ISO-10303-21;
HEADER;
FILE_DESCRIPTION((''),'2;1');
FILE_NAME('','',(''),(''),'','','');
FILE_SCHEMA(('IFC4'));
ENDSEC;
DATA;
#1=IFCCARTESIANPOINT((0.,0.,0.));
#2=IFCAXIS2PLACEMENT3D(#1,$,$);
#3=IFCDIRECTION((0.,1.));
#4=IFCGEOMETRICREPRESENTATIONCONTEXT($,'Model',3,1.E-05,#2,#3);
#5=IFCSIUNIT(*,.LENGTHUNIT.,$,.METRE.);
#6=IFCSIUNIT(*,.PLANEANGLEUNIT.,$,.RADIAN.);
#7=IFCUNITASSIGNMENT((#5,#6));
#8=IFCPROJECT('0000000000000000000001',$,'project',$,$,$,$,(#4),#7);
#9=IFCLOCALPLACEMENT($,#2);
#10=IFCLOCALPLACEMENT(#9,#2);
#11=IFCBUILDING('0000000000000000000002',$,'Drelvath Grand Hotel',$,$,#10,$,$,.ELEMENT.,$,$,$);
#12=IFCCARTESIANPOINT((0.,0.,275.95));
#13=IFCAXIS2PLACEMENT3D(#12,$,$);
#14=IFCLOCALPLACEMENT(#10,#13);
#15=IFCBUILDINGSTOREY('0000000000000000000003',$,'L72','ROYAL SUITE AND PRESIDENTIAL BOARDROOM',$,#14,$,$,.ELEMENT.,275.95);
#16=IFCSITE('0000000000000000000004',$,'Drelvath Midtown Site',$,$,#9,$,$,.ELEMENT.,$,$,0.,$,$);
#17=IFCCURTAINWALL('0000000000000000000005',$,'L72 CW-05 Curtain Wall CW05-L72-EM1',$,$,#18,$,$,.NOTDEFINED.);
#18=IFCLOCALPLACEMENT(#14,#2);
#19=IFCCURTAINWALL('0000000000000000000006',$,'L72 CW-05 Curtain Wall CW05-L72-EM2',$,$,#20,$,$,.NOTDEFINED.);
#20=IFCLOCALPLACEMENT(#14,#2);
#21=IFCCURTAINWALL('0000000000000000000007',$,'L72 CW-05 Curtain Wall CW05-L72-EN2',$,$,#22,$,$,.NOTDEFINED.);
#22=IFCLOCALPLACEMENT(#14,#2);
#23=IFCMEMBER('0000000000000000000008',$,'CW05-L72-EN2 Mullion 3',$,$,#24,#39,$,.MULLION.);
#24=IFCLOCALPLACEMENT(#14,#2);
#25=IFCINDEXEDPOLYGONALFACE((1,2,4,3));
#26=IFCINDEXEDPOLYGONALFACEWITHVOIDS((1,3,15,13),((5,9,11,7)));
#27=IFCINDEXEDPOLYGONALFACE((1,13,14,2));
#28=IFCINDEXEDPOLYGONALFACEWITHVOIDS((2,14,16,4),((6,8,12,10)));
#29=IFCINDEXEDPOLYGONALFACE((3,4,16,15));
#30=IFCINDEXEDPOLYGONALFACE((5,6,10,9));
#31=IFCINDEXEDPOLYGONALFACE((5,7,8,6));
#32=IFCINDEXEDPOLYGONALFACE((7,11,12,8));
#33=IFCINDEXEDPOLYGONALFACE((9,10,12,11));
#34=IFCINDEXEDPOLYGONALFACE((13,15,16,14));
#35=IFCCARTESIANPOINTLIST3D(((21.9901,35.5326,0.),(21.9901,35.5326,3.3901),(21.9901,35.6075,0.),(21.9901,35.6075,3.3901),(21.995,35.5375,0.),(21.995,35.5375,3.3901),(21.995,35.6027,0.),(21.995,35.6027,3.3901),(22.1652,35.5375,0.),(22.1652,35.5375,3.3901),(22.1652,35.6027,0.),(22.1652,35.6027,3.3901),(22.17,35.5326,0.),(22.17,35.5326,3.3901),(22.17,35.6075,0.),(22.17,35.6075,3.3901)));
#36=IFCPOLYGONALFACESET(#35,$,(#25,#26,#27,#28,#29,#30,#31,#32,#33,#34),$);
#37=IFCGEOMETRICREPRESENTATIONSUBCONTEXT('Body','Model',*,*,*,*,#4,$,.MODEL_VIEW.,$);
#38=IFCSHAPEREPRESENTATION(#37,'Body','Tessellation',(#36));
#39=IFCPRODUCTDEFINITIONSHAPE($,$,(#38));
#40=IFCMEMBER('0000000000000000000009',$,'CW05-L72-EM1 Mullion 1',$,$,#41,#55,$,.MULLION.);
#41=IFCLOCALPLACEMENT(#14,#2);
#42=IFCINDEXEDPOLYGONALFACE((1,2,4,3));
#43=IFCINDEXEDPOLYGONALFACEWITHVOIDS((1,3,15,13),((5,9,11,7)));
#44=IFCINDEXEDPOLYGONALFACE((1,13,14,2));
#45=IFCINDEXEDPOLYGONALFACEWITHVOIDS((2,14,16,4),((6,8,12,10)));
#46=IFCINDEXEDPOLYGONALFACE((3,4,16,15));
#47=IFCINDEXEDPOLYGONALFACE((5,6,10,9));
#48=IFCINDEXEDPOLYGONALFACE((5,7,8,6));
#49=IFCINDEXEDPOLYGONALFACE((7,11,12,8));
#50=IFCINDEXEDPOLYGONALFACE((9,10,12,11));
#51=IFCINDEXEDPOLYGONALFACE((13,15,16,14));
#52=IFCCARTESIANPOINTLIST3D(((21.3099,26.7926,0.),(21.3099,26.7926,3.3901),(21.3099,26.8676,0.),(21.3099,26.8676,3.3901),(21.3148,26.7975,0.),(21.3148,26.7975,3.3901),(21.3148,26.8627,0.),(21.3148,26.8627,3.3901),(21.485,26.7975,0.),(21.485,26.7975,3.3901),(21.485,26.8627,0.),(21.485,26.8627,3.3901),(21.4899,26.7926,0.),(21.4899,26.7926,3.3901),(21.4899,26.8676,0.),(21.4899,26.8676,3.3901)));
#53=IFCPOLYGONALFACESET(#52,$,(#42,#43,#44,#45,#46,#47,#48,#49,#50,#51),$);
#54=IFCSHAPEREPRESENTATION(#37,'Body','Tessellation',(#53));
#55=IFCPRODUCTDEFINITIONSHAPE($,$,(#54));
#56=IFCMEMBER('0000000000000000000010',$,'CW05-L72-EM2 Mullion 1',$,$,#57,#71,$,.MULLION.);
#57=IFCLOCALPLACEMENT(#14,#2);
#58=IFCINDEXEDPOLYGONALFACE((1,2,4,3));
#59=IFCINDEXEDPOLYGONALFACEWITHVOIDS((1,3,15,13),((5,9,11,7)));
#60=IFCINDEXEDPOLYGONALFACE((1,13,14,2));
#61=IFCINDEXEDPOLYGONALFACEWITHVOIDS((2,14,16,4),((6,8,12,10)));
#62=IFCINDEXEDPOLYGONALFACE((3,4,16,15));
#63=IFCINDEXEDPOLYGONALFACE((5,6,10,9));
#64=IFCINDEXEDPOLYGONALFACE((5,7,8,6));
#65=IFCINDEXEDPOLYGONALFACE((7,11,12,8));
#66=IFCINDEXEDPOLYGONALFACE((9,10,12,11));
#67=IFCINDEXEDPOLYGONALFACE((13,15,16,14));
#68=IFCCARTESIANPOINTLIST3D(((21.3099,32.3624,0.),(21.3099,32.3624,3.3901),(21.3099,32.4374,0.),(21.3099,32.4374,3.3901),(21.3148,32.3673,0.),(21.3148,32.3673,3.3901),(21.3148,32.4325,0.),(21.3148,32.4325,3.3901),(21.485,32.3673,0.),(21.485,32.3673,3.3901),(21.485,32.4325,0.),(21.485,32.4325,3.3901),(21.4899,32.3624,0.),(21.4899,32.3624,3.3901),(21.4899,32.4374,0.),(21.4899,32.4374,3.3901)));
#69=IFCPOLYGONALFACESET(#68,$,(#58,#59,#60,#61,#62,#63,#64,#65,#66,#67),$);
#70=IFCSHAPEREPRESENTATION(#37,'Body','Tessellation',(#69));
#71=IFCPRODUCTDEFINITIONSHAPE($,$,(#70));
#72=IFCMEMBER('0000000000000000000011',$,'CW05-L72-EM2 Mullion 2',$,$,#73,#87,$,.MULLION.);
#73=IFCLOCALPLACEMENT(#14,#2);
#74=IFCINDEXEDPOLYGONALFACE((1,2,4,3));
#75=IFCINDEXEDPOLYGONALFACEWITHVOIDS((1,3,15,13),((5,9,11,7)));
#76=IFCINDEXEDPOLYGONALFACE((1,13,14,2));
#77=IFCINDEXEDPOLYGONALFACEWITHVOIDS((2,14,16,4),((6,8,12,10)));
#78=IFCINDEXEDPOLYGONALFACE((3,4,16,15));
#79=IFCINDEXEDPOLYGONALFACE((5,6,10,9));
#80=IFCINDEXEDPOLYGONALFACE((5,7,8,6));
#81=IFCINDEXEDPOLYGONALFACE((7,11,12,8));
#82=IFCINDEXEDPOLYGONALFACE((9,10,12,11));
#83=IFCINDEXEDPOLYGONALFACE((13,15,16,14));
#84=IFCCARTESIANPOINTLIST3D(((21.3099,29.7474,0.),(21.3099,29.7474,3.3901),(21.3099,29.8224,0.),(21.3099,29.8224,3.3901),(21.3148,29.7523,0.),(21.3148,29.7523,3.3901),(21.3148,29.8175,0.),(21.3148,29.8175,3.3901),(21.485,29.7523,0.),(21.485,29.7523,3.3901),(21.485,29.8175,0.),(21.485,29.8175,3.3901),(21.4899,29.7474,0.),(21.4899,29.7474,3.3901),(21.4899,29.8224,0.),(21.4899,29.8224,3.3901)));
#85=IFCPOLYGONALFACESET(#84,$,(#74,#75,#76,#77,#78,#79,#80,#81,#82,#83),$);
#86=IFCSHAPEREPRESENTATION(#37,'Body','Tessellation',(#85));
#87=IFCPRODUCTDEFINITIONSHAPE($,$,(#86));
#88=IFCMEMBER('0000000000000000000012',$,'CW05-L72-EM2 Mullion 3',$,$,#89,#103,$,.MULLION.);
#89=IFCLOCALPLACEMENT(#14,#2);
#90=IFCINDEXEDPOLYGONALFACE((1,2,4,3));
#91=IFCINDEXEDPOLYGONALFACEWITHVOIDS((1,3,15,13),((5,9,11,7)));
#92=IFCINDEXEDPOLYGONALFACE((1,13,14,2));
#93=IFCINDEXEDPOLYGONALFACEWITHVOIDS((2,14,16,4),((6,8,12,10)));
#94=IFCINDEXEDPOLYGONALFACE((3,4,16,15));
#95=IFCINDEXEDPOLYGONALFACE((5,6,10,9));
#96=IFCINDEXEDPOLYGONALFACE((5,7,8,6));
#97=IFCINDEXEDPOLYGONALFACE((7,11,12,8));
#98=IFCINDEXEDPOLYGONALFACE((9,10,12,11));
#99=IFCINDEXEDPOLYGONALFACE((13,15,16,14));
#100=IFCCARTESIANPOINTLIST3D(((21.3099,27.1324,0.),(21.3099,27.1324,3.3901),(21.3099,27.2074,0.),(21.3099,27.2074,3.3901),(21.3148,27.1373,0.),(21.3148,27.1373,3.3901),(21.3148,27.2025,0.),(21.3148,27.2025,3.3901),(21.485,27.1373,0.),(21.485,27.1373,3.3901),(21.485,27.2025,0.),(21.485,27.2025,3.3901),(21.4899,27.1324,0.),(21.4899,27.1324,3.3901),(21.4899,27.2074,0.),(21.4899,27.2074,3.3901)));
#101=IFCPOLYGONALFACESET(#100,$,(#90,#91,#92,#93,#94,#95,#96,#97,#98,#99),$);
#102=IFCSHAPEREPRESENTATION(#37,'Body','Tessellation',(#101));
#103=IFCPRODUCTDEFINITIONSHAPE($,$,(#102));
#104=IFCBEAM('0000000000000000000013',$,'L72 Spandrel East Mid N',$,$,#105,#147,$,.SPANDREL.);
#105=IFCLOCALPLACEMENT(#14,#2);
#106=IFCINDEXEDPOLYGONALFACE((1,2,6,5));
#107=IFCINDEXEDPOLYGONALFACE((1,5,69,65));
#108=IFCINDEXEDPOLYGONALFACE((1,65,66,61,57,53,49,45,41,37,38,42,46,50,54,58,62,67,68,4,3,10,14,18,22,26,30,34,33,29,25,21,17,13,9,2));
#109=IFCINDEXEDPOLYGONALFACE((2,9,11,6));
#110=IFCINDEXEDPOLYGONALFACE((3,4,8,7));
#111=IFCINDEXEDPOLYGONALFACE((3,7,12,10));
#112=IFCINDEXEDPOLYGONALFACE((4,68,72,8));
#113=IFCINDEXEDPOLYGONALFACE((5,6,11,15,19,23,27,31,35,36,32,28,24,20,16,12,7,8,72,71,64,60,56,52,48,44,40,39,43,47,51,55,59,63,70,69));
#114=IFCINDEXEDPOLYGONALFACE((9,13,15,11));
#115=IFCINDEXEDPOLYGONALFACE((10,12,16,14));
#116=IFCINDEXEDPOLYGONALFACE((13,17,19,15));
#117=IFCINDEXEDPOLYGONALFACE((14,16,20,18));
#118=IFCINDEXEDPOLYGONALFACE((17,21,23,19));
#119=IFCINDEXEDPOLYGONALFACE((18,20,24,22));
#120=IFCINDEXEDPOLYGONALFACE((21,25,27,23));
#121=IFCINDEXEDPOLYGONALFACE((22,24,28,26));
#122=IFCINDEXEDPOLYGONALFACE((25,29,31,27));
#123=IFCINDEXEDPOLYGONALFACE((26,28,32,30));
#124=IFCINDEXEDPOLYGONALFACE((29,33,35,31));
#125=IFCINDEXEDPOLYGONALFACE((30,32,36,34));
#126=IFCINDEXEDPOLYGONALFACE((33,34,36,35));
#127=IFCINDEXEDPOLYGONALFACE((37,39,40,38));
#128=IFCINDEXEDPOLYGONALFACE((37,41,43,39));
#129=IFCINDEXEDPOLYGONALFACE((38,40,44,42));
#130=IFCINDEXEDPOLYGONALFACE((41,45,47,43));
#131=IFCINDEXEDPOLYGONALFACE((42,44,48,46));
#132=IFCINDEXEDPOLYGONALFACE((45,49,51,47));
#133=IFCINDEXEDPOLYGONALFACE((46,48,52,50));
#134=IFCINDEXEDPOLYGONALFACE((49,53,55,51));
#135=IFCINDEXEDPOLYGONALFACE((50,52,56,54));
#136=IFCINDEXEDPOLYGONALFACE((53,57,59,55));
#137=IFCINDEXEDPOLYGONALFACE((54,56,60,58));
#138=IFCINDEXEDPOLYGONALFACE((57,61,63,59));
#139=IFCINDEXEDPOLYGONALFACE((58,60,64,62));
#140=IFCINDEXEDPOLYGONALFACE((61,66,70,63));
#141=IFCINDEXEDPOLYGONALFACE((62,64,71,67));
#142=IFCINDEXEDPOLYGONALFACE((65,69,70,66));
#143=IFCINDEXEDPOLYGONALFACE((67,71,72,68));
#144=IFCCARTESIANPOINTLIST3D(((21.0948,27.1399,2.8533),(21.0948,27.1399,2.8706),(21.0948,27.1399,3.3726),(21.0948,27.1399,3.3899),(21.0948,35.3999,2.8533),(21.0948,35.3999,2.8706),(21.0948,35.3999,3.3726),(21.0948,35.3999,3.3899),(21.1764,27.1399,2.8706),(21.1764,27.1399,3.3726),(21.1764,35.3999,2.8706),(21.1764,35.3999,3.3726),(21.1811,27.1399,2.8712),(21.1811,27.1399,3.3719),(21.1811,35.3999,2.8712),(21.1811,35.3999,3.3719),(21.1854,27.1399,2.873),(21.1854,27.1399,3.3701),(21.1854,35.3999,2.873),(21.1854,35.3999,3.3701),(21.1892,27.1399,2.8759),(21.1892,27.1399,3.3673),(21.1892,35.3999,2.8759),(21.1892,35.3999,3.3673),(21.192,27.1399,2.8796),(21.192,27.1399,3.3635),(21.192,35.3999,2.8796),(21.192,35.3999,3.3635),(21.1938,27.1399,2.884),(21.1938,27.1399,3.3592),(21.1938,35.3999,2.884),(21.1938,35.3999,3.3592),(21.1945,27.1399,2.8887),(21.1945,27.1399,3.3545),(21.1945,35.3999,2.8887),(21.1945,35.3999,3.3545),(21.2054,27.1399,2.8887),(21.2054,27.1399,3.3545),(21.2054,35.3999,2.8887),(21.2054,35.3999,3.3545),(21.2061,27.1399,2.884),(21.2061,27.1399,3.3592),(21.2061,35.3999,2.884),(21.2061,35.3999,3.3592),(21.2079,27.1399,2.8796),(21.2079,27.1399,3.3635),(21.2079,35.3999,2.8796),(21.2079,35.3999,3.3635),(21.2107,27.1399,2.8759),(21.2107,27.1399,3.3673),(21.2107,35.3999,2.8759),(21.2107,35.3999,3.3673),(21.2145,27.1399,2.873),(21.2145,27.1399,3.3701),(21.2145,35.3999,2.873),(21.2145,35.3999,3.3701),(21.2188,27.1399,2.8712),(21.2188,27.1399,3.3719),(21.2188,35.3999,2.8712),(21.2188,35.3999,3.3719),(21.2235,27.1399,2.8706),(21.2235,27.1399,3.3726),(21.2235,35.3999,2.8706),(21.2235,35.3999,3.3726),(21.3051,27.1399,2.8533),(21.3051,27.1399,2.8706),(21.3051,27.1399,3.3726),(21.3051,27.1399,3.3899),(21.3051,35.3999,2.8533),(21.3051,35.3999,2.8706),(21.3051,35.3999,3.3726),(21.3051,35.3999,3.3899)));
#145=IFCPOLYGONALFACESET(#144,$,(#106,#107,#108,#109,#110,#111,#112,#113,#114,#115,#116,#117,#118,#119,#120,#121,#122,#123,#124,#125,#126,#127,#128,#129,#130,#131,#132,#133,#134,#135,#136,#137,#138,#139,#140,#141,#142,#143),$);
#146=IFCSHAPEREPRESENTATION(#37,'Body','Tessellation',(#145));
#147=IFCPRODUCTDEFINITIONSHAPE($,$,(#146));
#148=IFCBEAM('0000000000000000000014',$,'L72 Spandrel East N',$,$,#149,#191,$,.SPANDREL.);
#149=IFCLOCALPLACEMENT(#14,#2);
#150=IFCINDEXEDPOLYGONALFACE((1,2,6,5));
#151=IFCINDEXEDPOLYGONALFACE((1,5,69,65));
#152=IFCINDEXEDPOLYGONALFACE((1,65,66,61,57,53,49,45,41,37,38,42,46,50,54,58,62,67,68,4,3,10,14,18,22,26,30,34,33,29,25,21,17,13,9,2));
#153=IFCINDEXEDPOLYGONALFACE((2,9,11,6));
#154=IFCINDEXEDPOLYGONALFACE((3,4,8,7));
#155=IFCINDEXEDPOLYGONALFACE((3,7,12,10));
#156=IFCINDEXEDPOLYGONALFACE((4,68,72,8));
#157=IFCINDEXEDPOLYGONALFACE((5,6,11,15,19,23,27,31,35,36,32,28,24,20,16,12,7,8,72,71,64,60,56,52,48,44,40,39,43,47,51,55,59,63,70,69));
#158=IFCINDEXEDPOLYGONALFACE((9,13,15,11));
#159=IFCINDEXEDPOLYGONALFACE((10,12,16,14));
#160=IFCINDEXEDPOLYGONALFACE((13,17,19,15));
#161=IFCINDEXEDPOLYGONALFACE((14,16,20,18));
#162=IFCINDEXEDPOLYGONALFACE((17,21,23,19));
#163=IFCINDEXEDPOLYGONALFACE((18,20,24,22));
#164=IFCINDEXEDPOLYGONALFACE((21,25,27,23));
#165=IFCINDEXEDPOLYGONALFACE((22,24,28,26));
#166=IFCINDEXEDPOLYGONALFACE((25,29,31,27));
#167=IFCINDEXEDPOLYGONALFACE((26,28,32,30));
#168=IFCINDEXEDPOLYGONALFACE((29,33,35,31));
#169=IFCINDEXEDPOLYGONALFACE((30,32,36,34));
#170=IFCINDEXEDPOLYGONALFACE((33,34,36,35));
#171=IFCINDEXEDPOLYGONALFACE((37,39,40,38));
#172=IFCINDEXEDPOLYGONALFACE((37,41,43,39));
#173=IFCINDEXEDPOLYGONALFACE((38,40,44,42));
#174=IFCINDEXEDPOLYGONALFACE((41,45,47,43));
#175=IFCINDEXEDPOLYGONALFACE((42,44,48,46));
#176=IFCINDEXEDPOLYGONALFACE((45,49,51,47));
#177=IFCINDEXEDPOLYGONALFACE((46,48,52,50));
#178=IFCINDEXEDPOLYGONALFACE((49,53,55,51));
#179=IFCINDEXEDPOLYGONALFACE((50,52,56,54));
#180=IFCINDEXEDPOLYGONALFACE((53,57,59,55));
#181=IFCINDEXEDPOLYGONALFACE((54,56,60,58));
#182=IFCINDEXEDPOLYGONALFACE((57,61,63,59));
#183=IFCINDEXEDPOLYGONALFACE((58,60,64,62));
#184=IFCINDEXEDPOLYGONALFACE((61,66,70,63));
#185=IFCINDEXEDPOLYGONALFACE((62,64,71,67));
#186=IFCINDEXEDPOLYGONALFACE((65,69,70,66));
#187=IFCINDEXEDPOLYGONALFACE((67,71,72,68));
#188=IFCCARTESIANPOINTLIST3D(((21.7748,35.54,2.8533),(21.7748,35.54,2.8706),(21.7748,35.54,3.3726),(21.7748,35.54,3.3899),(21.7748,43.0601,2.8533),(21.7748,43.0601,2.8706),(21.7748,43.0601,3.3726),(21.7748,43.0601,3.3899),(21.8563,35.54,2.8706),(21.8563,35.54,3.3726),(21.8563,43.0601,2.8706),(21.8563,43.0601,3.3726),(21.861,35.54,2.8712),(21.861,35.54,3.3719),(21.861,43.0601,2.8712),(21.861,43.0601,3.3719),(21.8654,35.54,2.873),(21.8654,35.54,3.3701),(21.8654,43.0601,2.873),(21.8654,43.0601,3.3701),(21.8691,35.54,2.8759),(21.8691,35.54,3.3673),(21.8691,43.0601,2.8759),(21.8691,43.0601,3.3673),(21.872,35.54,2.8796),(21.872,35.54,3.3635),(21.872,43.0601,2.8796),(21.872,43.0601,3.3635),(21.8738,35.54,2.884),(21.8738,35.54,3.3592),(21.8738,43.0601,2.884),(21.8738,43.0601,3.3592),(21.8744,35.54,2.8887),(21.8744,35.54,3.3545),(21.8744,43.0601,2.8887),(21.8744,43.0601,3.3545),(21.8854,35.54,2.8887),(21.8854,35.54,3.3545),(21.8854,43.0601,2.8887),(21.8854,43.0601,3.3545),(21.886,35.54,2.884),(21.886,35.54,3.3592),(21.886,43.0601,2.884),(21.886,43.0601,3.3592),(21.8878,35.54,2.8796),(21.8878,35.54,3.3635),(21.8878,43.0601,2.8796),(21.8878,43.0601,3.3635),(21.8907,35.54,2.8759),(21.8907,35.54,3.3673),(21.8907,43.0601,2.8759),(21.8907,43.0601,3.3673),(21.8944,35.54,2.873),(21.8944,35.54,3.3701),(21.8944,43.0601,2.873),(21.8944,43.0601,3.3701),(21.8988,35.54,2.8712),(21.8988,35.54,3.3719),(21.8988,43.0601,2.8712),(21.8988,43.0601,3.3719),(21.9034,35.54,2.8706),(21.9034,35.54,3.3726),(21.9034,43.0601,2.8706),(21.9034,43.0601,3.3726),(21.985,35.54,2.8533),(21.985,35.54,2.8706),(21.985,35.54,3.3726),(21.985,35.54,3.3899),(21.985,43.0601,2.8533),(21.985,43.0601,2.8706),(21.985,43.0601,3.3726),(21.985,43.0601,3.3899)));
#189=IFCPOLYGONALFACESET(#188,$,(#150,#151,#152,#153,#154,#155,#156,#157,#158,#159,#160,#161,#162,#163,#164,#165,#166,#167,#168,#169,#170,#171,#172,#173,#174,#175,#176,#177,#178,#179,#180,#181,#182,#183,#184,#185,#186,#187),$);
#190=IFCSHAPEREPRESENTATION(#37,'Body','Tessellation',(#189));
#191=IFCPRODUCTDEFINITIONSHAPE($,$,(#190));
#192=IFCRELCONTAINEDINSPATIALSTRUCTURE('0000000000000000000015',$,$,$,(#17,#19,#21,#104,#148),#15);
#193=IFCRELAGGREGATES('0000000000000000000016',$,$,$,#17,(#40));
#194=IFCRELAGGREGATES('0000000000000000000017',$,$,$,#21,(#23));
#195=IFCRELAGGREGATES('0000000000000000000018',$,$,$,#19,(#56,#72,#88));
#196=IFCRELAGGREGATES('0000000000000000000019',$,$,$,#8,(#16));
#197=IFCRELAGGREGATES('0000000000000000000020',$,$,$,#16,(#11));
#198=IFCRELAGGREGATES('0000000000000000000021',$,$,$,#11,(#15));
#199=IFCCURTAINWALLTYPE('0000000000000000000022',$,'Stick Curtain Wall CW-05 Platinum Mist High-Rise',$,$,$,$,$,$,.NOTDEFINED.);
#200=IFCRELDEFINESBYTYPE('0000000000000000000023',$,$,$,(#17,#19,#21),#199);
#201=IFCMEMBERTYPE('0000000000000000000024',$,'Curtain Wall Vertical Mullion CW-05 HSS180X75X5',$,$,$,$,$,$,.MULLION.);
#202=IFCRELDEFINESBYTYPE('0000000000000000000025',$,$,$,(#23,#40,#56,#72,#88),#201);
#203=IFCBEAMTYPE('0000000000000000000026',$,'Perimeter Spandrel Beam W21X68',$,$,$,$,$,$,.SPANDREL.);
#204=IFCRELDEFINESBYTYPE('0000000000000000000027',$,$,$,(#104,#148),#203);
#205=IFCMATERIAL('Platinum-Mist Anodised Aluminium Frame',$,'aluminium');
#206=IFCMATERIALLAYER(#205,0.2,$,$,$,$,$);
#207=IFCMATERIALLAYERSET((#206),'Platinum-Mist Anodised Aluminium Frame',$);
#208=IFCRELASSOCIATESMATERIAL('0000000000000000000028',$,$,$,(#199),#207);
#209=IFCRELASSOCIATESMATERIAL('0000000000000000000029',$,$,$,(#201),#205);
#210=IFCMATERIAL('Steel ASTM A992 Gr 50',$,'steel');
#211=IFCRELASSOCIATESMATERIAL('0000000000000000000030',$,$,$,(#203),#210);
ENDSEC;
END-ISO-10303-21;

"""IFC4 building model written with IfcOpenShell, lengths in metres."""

from ifc_helpers import new_model, si_unit, direction, frame, origin, origin_2d, place, context, subcontext, project, spatial, hollow_rectangle, i_section, extrude, material, layer, layer_set, material_profile, profile_set, type_object, element, aggregate, save


model = new_model("IFC4")

# Units and contexts
model_context = context("Model", 3, precision=1e-05, world=origin(), true_north=direction((0.0, 1.0)))
body_context = subcontext(model_context, "Body", "Model", "MODEL_VIEW")
ifc_project = project(units=[si_unit("LENGTHUNIT", "METRE"), si_unit("PLANEANGLEUNIT", "RADIAN")], contexts=[model_context])

# Site, building, storey
site_placement = place(None, origin())
site = spatial("IfcSite", under=ifc_project, at=site_placement, Name="Drelvath Midtown Site", CompositionType="ELEMENT", RefElevation=0.0)
building_placement = place(site_placement, origin())
building = spatial("IfcBuilding", under=site, at=building_placement, Name="Drelvath Grand Hotel", CompositionType="ELEMENT")
storey_placement = place(building_placement, frame((0.0, 0.0, 275.95)))
storey = spatial("IfcBuildingStorey", under=building, at=storey_placement, Name="L72", Description="ROYAL SUITE AND PRESIDENTIAL BOARDROOM", CompositionType="ELEMENT", Elevation=275.95)

# Curtain walls
ifc_material_1 = material(Name="Platinum-Mist Anodised Aluminium Frame", Category="aluminium")
ifc_layer_1 = layer(ifc_material_1, 0.2)
ifc_layer_set_1 = layer_set([ifc_layer_1], Name="Platinum-Mist Anodised Aluminium Frame")
curtain_wall_type = type_object("IfcCurtainWallType", Name="Stick Curtain Wall CW-05 Platinum Mist High-Rise", PredefinedType="NOTDEFINED", material=ifc_layer_set_1)
curtain_wall_1_placement = place(storey_placement, origin())
curtain_wall_1 = element("IfcCurtainWall", 1, at=curtain_wall_1_placement, inside=storey, type_object=curtain_wall_type, Name="L72 CW-05 Curtain Wall CW05-L72-EM1", PredefinedType="NOTDEFINED")
curtain_wall_2_placement = place(storey_placement, origin())
curtain_wall_2 = element("IfcCurtainWall", 2, at=curtain_wall_2_placement, inside=storey, type_object=curtain_wall_type, Name="L72 CW-05 Curtain Wall CW05-L72-EM2", PredefinedType="NOTDEFINED")

# Shared definitions
ifc_material_profile_1 = material_profile(ifc_material_1, hollow_rectangle(XDim=0.075, YDim=0.1799, WallThickness=0.0049, at=origin_2d()), Name="HSS180X75X5")
ifc_profile_set_1 = profile_set([ifc_material_profile_1], Name="Platinum-Mist Anodised Aluminium Frame")
member_type_1 = type_object("IfcMemberType", Name="Curtain Wall Vertical Mullion CW-05 HSS180X75X5", PredefinedType="MULLION", material=ifc_profile_set_1)

# Curtain wall, member
curtain_wall_3_placement = place(storey_placement, origin())
curtain_wall_3 = element("IfcCurtainWall", 3, at=curtain_wall_3_placement, inside=storey, type_object=curtain_wall_type, Name="L72 CW-05 Curtain Wall CW05-L72-EN2", PredefinedType="NOTDEFINED")
member_1_placement = place(storey_placement, frame((22.0801, 35.5701, 0.0), z_axis=(0.0, 0.0, 1.0), x_axis=(0.0, 1.0, 0.0)))
member_1 = element("IfcMember", 4, at=member_1_placement, type_object=member_type_1, Name="CW05-L72-EN2 Mullion 3", PredefinedType="MULLION", context=body_context, shape_type="SweptSolid", body=[
    extrude(hollow_rectangle(XDim=0.075, YDim=0.1799, WallThickness=0.0049, at=origin_2d()), origin(), (0.0, 0.0, 1.0), 3.3901),
])

# Members
member_2_placement = place(storey_placement, frame((21.3999, 26.8301, 0.0), z_axis=(0.0, 0.0, 1.0), x_axis=(0.0, 1.0, 0.0)))
member_2 = element("IfcMember", 5, at=member_2_placement, type_object=member_type_1, Name="CW05-L72-EM1 Mullion 1", PredefinedType="MULLION", context=body_context, shape_type="SweptSolid", body=[
    extrude(hollow_rectangle(XDim=0.075, YDim=0.1799, WallThickness=0.0049, at=origin_2d()), origin(), (0.0, 0.0, 1.0), 3.3901),
])
aggregate(curtain_wall_1, [member_2])
member_3_placement = place(storey_placement, frame((21.3999, 32.3999, 0.0), z_axis=(0.0, 0.0, 1.0), x_axis=(0.0, 1.0, 0.0)))
member_3 = element("IfcMember", 6, at=member_3_placement, type_object=member_type_1, Name="CW05-L72-EM2 Mullion 1", PredefinedType="MULLION", context=body_context, shape_type="SweptSolid", body=[
    extrude(hollow_rectangle(XDim=0.075, YDim=0.1799, WallThickness=0.0049, at=origin_2d()), origin(), (0.0, 0.0, 1.0), 3.3901),
])
member_4_placement = place(storey_placement, frame((21.3999, 29.7849, 0.0), z_axis=(0.0, 0.0, 1.0), x_axis=(0.0, 1.0, 0.0)))
member_4 = element("IfcMember", 7, at=member_4_placement, type_object=member_type_1, Name="CW05-L72-EM2 Mullion 2", PredefinedType="MULLION", context=body_context, shape_type="SweptSolid", body=[
    extrude(hollow_rectangle(XDim=0.075, YDim=0.1799, WallThickness=0.0049, at=origin_2d()), origin(), (0.0, 0.0, 1.0), 3.3901),
])
member_5_placement = place(storey_placement, frame((21.3999, 27.1699, 0.0), z_axis=(0.0, 0.0, 1.0), x_axis=(0.0, 1.0, 0.0)))
member_5 = element("IfcMember", 8, at=member_5_placement, type_object=member_type_1, Name="CW05-L72-EM2 Mullion 3", PredefinedType="MULLION", context=body_context, shape_type="SweptSolid", body=[
    extrude(hollow_rectangle(XDim=0.075, YDim=0.1799, WallThickness=0.0049, at=origin_2d()), origin(), (0.0, 0.0, 1.0), 3.3901),
])

# Beams
ifc_material_2 = material(Name="Steel ASTM A992 Gr 50", Category="steel")
ifc_material_profile_2 = material_profile(ifc_material_2, i_section(OverallWidth=0.2102, OverallDepth=0.5366, WebThickness=0.011, FlangeThickness=0.0173, FilletRadius=0.0181, at=origin_2d()), Name="W21X68")
ifc_profile_set_2 = profile_set([ifc_material_profile_2], Name="Steel ASTM A992 Gr 50")
beam_type_1 = type_object("IfcBeamType", Name="Perimeter Spandrel Beam W21X68", PredefinedType="SPANDREL", material=ifc_profile_set_2)
beam_1_placement = place(storey_placement, frame((21.2, 27.1399, 3.1216), z_axis=(0.0, 1.0, 0.0), x_axis=(-1.0, 0.0, 0.0)))
element("IfcBeam", 9, at=beam_1_placement, inside=storey, type_object=beam_type_1, Name="L72 Spandrel East Mid N", PredefinedType="SPANDREL", context=body_context, shape_type="SweptSolid", body=[
    extrude(i_section(OverallWidth=0.2102, OverallDepth=0.5366, WebThickness=0.011, FlangeThickness=0.0173, FilletRadius=0.0181, at=origin_2d()), origin(), (0.0, 0.0, 1.0), 8.26),
])
beam_2_placement = place(storey_placement, frame((21.8799, 35.54, 3.1216), z_axis=(0.0, 1.0, 0.0), x_axis=(-1.0, 0.0, 0.0)))
element("IfcBeam", 10, at=beam_2_placement, inside=storey, type_object=beam_type_1, Name="L72 Spandrel East N", PredefinedType="SPANDREL", context=body_context, shape_type="SweptSolid", body=[
    extrude(i_section(OverallWidth=0.2102, OverallDepth=0.5366, WebThickness=0.011, FlangeThickness=0.0173, FilletRadius=0.0181, at=origin_2d()), origin(), (0.0, 0.0, 1.0), 7.52),
])

aggregate(curtain_wall_3, [member_1])
aggregate(curtain_wall_2, [member_3, member_4, member_5])

save(model, "model.ifc")
